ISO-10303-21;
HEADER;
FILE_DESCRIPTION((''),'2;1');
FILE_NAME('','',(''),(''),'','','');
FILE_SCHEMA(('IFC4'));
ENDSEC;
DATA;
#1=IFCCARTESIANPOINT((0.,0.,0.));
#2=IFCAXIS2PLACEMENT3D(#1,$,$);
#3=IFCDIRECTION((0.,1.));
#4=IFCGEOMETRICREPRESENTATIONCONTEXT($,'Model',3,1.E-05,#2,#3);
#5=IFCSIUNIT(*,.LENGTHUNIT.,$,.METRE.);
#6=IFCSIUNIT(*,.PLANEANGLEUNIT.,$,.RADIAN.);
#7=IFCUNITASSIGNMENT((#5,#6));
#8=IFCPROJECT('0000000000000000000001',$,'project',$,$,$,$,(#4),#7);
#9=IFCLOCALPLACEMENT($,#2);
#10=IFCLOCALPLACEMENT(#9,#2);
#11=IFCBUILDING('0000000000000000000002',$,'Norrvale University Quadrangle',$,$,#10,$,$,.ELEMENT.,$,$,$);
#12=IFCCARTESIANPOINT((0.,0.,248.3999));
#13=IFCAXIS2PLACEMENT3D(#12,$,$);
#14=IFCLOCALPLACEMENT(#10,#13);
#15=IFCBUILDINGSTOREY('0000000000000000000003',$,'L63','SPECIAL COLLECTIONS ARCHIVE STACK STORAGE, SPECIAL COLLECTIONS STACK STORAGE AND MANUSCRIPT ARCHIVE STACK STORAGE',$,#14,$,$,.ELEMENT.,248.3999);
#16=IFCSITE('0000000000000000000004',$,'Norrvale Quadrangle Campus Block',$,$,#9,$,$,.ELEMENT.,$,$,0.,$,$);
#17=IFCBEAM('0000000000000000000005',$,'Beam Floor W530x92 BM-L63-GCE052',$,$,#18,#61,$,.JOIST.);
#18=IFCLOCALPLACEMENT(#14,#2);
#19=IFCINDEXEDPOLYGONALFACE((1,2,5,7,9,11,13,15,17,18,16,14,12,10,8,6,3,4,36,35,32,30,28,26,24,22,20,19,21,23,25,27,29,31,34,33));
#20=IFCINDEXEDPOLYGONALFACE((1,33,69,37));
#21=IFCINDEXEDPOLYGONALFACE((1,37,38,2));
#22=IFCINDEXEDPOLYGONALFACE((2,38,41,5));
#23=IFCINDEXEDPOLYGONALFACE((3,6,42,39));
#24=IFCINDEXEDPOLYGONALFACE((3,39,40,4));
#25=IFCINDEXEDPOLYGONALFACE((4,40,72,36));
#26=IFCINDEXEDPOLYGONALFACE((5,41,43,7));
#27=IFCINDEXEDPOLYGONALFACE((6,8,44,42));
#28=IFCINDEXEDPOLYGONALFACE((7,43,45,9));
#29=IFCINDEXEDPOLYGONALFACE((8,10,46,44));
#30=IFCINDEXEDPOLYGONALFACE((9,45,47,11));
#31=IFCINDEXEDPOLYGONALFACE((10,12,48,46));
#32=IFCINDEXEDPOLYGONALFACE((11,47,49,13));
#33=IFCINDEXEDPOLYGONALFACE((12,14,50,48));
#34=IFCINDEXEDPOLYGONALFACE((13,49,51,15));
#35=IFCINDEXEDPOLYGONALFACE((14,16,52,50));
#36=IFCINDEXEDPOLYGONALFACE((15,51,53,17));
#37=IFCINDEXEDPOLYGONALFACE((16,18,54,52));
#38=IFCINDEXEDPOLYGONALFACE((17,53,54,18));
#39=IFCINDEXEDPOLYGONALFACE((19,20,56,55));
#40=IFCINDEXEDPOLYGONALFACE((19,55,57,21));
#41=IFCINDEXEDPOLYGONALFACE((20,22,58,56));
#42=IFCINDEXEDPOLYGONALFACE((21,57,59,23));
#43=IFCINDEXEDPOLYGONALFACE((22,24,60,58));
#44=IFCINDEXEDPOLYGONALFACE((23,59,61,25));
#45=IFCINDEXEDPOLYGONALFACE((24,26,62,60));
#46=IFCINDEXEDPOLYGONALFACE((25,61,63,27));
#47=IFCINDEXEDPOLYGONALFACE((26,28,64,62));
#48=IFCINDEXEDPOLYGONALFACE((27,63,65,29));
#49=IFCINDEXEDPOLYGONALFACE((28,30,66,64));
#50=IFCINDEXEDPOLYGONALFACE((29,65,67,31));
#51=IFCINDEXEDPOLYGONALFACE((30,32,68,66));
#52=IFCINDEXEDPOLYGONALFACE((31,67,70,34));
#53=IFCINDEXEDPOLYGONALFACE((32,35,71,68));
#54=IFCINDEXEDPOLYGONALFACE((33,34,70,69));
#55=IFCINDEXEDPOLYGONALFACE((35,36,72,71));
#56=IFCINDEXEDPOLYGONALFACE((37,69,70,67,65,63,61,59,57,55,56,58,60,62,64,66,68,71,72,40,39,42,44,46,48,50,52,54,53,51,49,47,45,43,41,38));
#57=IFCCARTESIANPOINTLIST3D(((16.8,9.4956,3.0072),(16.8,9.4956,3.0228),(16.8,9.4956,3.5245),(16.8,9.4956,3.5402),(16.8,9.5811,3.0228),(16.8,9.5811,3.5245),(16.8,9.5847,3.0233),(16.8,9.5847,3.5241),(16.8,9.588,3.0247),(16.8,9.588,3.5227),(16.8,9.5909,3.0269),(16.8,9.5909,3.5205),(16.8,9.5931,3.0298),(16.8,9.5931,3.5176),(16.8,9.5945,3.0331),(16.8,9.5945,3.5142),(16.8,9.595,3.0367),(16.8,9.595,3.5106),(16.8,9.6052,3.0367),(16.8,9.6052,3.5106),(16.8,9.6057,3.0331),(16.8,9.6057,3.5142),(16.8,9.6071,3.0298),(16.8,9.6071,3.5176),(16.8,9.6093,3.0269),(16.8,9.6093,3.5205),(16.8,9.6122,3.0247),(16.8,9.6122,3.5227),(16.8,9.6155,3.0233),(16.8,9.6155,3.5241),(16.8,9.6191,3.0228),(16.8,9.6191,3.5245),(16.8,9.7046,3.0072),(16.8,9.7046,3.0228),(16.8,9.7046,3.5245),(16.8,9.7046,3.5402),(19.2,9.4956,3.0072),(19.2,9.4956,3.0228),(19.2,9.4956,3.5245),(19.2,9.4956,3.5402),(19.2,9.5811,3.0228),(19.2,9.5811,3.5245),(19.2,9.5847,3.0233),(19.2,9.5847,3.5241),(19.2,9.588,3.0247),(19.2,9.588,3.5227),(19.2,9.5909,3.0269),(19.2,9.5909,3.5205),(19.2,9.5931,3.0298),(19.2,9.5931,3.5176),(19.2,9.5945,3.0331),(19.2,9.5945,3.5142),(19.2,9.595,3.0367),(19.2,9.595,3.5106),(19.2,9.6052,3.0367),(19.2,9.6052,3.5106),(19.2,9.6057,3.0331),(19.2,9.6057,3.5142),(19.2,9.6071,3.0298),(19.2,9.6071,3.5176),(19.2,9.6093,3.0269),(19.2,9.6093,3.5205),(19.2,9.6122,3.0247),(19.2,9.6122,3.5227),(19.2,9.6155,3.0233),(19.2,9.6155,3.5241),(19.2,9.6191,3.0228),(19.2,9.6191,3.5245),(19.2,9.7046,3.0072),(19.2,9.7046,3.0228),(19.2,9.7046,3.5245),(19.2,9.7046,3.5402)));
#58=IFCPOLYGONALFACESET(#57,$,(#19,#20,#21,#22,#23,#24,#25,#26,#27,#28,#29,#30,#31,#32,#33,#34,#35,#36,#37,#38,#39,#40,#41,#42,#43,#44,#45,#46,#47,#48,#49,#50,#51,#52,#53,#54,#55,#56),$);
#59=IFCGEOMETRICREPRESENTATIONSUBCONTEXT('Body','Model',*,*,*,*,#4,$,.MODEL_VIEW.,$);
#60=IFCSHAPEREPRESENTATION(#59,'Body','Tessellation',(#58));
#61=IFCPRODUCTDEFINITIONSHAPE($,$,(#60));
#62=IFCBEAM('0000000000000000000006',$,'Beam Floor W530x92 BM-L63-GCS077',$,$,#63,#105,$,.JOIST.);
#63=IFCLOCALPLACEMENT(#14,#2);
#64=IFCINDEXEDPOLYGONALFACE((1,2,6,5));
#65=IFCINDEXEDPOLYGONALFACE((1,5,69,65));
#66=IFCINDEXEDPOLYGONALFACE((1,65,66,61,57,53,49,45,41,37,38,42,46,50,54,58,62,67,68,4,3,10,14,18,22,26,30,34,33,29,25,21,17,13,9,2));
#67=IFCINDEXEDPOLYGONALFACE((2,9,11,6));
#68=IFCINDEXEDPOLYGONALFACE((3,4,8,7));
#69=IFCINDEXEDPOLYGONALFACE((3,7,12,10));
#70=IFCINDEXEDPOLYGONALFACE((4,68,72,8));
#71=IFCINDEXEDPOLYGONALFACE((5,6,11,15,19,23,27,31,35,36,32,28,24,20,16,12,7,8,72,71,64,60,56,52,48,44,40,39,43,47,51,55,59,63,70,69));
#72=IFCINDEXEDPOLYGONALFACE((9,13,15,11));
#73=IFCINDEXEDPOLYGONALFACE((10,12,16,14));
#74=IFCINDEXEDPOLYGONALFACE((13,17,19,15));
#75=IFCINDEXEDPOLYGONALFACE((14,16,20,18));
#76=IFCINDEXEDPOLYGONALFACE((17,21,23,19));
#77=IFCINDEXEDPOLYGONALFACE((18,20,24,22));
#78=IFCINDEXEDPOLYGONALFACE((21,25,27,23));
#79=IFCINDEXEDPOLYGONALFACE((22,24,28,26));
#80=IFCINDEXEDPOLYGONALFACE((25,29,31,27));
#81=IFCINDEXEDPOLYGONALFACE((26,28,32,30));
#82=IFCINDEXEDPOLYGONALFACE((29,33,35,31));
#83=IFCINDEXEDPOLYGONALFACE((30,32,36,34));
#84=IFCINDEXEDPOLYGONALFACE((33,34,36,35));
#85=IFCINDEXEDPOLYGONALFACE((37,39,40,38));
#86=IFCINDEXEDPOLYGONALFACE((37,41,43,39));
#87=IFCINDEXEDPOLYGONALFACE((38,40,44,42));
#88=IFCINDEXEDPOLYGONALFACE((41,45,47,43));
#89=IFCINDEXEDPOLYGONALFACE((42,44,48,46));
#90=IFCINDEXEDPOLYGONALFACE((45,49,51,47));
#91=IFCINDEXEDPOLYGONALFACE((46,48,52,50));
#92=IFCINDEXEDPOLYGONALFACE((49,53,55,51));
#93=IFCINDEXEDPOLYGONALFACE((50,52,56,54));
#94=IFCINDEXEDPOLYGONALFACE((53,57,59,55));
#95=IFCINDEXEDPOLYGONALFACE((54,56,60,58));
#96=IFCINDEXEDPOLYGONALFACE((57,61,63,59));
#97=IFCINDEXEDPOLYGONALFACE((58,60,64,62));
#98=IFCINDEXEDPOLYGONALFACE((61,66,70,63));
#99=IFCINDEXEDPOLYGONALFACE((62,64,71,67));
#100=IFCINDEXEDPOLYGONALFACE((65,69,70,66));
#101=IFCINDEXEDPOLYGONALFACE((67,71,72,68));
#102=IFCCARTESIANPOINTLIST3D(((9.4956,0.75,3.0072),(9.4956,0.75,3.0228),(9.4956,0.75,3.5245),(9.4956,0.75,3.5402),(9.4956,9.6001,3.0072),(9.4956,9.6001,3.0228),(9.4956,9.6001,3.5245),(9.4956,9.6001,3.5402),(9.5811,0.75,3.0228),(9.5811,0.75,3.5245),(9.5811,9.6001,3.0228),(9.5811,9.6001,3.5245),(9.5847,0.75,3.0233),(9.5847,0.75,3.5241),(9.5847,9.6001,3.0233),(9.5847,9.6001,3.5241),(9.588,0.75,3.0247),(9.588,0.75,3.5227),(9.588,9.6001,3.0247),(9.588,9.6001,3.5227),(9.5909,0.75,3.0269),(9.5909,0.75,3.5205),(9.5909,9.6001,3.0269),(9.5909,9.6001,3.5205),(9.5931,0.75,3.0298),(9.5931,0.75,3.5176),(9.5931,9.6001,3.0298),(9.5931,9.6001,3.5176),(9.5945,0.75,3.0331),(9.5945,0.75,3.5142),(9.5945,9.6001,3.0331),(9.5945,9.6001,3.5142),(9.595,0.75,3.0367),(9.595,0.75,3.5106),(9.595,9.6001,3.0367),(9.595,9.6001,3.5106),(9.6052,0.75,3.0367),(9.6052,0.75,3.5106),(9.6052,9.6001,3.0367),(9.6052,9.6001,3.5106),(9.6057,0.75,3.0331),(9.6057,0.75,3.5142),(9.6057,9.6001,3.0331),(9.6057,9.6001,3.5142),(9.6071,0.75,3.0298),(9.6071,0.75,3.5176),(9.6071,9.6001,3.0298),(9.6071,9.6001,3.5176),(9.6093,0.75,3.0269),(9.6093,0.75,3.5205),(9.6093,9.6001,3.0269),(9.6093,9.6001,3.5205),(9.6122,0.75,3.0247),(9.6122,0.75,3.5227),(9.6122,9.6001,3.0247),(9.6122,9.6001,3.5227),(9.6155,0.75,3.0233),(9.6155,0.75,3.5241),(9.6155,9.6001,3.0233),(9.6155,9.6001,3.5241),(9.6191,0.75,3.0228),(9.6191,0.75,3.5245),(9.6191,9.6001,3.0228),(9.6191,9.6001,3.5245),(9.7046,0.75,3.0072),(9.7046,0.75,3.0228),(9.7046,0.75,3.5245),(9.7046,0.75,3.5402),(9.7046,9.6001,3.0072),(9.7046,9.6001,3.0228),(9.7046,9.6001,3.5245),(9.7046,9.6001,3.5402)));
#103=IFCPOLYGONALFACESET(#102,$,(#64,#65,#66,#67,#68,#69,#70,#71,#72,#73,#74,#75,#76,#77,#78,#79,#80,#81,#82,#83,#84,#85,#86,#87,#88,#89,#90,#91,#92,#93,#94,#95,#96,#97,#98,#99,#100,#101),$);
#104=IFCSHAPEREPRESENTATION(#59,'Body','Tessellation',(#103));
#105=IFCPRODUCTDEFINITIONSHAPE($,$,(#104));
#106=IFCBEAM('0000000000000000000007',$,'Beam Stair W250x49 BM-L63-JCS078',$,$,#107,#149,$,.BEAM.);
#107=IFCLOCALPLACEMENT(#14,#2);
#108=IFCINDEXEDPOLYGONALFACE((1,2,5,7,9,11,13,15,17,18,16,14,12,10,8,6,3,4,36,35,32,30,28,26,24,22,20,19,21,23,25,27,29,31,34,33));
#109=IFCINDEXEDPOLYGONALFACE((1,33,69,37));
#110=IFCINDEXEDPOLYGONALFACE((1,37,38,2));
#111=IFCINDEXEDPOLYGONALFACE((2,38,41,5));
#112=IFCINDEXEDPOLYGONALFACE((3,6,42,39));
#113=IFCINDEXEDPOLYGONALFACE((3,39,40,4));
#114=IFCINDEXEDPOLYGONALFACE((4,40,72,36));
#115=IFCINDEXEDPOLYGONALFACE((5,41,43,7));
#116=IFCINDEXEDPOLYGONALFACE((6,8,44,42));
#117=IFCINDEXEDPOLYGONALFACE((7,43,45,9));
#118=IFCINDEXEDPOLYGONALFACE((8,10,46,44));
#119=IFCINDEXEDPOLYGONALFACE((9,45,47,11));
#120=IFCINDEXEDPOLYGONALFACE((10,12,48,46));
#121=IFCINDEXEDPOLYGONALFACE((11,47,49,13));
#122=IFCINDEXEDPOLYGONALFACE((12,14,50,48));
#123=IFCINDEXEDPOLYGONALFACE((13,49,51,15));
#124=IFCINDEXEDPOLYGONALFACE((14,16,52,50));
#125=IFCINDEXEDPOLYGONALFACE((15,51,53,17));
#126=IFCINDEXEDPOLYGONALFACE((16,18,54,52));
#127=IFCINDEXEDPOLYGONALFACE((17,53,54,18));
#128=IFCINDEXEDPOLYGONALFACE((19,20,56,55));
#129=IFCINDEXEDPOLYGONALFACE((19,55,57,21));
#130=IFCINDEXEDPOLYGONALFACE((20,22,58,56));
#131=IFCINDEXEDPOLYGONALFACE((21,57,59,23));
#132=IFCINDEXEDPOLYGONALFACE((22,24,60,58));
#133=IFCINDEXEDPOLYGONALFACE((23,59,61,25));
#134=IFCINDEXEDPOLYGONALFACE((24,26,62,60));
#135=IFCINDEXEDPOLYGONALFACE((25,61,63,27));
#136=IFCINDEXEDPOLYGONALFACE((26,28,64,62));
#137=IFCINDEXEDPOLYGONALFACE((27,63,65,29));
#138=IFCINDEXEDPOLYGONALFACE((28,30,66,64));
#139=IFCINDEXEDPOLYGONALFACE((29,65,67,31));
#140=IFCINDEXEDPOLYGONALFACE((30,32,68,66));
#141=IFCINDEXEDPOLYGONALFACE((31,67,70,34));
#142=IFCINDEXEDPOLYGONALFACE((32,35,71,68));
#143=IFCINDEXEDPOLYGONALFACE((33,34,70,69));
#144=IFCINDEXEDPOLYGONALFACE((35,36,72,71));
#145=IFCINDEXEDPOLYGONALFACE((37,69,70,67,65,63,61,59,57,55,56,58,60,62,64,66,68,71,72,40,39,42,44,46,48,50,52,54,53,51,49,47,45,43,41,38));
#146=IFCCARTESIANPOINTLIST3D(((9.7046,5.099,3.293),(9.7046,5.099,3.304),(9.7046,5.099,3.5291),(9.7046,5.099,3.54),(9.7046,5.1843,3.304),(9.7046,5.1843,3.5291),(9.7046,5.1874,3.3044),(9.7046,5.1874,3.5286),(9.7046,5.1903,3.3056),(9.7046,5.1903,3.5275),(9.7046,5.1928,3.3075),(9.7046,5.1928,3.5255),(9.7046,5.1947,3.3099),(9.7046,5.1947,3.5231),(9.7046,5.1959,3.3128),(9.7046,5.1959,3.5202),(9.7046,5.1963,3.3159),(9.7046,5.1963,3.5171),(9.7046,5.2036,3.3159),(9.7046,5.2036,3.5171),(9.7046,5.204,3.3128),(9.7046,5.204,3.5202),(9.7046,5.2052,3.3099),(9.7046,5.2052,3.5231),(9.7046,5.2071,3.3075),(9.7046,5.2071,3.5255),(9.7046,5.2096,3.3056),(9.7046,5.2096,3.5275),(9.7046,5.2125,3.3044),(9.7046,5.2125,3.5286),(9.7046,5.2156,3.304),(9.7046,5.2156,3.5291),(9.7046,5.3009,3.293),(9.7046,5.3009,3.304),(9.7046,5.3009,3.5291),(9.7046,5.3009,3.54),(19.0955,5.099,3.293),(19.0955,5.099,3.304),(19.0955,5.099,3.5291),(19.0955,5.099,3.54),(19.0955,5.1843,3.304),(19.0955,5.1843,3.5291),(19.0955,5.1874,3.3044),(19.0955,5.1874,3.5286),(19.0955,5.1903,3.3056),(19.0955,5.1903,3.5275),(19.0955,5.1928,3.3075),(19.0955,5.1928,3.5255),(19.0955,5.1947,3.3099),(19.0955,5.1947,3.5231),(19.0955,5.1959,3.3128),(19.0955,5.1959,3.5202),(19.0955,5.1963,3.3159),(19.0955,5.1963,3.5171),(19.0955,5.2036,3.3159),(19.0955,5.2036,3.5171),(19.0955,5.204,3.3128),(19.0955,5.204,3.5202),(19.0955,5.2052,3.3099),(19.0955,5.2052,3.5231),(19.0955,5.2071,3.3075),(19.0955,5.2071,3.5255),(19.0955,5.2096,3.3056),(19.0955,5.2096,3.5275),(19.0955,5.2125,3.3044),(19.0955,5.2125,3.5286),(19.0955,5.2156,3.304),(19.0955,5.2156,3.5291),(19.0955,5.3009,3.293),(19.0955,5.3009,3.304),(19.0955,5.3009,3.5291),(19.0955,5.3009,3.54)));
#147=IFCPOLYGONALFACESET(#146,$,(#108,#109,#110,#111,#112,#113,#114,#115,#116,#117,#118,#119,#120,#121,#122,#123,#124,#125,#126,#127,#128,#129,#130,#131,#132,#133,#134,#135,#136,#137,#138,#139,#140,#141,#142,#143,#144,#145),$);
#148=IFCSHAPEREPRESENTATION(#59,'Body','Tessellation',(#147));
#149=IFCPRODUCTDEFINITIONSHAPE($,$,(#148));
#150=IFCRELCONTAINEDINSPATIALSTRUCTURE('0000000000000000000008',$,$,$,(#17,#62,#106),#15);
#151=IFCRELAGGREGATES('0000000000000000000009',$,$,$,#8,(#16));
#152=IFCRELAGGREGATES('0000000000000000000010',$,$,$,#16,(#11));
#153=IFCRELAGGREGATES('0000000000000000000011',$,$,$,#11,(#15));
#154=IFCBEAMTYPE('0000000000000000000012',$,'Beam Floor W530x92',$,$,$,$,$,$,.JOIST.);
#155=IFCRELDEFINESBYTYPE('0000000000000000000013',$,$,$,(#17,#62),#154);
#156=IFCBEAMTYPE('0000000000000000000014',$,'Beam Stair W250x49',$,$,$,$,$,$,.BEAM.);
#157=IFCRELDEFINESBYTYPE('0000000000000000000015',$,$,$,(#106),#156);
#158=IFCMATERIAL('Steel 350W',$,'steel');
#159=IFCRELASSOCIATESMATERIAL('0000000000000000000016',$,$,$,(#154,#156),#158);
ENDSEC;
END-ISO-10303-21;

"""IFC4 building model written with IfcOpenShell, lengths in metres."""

from ifc_helpers import new_model, si_unit, direction, frame, origin, origin_2d, place, context, subcontext, project, spatial, i_section, extrude, material, material_profile, profile_set, type_object, element, save


model = new_model("IFC4")

# Units and contexts
model_context = context("Model", 3, precision=1e-05, world=origin(), true_north=direction((0.0, 1.0)))
body_context = subcontext(model_context, "Body", "Model", "MODEL_VIEW")
ifc_project = project(units=[si_unit("LENGTHUNIT", "METRE"), si_unit("PLANEANGLEUNIT", "RADIAN")], contexts=[model_context])

# Site, building, storey
site_placement = place(None, origin())
site = spatial("IfcSite", under=ifc_project, at=site_placement, Name="Norrvale Quadrangle Campus Block", CompositionType="ELEMENT", RefElevation=0.0)
building_placement = place(site_placement, origin())
building = spatial("IfcBuilding", under=site, at=building_placement, Name="Norrvale University Quadrangle", CompositionType="ELEMENT")
storey_placement = place(building_placement, frame((0.0, 0.0, 248.3999)))
storey = spatial("IfcBuildingStorey", under=building, at=storey_placement, Name="L63", Description="SPECIAL COLLECTIONS ARCHIVE STACK STORAGE, SPECIAL COLLECTIONS STACK STORAGE AND MANUSCRIPT ARCHIVE STACK STORAGE", CompositionType="ELEMENT", Elevation=248.3999)

# Beams
ifc_material_1 = material(Name="Steel 350W", Category="steel")
ifc_material_profile_1 = material_profile(ifc_material_1, i_section(OverallWidth=0.209, OverallDepth=0.533, WebThickness=0.0103, FlangeThickness=0.0156, FilletRadius=0.0139, at=origin_2d()), Name="Steel 350W")
ifc_profile_set_1 = profile_set([ifc_material_profile_1], Name="Steel 350W")
beam_type_1 = type_object("IfcBeamType", Name="Beam Floor W530x92", PredefinedType="JOIST", material=ifc_profile_set_1)
beam_1_placement = place(storey_placement, frame((16.8, 9.6001, 3.2737), z_axis=(1.0, 0.0, 0.0), x_axis=(0.0, 1.0, 0.0)))
element("IfcBeam", 1, at=beam_1_placement, inside=storey, type_object=beam_type_1, Name="Beam Floor W530x92 BM-L63-GCE052", PredefinedType="JOIST", context=body_context, shape_type="SweptSolid", body=[
    extrude(i_section(OverallWidth=0.209, OverallDepth=0.533, WebThickness=0.0103, FlangeThickness=0.0156, FilletRadius=0.0139, at=origin_2d()), origin(), (0.0, 0.0, 1.0), 2.3999),
])
beam_2_placement = place(storey_placement, frame((9.6001, 0.75, 3.2737), z_axis=(0.0, 1.0, 0.0), x_axis=(-1.0, 0.0, 0.0)))
element("IfcBeam", 2, at=beam_2_placement, inside=storey, type_object=beam_type_1, Name="Beam Floor W530x92 BM-L63-GCS077", PredefinedType="JOIST", context=body_context, shape_type="SweptSolid", body=[
    extrude(i_section(OverallWidth=0.209, OverallDepth=0.533, WebThickness=0.0103, FlangeThickness=0.0156, FilletRadius=0.0139, at=origin_2d()), origin(), (0.0, 0.0, 1.0), 8.8501),
])
ifc_material_profile_2 = material_profile(ifc_material_1, i_section(OverallWidth=0.2019, OverallDepth=0.2471, WebThickness=0.0073, FlangeThickness=0.011, FilletRadius=0.012, at=origin_2d()), Name="Steel 350W")
ifc_profile_set_2 = profile_set([ifc_material_profile_2], Name="Steel 350W")
beam_type_2 = type_object("IfcBeamType", Name="Beam Stair W250x49", PredefinedType="BEAM", material=ifc_profile_set_2)
beam_3_placement = place(storey_placement, frame((9.7046, 5.2, 3.4165), z_axis=(1.0, 0.0, 0.0), x_axis=(0.0, 1.0, 0.0)))
element("IfcBeam", 3, at=beam_3_placement, inside=storey, type_object=beam_type_2, Name="Beam Stair W250x49 BM-L63-JCS078", PredefinedType="BEAM", context=body_context, shape_type="SweptSolid", body=[
    extrude(i_section(OverallWidth=0.2019, OverallDepth=0.2471, WebThickness=0.0073, FlangeThickness=0.011, FilletRadius=0.012, at=origin_2d()), origin(), (0.0, 0.0, 1.0), 9.3909),
])

save(model, "model.ifc")
